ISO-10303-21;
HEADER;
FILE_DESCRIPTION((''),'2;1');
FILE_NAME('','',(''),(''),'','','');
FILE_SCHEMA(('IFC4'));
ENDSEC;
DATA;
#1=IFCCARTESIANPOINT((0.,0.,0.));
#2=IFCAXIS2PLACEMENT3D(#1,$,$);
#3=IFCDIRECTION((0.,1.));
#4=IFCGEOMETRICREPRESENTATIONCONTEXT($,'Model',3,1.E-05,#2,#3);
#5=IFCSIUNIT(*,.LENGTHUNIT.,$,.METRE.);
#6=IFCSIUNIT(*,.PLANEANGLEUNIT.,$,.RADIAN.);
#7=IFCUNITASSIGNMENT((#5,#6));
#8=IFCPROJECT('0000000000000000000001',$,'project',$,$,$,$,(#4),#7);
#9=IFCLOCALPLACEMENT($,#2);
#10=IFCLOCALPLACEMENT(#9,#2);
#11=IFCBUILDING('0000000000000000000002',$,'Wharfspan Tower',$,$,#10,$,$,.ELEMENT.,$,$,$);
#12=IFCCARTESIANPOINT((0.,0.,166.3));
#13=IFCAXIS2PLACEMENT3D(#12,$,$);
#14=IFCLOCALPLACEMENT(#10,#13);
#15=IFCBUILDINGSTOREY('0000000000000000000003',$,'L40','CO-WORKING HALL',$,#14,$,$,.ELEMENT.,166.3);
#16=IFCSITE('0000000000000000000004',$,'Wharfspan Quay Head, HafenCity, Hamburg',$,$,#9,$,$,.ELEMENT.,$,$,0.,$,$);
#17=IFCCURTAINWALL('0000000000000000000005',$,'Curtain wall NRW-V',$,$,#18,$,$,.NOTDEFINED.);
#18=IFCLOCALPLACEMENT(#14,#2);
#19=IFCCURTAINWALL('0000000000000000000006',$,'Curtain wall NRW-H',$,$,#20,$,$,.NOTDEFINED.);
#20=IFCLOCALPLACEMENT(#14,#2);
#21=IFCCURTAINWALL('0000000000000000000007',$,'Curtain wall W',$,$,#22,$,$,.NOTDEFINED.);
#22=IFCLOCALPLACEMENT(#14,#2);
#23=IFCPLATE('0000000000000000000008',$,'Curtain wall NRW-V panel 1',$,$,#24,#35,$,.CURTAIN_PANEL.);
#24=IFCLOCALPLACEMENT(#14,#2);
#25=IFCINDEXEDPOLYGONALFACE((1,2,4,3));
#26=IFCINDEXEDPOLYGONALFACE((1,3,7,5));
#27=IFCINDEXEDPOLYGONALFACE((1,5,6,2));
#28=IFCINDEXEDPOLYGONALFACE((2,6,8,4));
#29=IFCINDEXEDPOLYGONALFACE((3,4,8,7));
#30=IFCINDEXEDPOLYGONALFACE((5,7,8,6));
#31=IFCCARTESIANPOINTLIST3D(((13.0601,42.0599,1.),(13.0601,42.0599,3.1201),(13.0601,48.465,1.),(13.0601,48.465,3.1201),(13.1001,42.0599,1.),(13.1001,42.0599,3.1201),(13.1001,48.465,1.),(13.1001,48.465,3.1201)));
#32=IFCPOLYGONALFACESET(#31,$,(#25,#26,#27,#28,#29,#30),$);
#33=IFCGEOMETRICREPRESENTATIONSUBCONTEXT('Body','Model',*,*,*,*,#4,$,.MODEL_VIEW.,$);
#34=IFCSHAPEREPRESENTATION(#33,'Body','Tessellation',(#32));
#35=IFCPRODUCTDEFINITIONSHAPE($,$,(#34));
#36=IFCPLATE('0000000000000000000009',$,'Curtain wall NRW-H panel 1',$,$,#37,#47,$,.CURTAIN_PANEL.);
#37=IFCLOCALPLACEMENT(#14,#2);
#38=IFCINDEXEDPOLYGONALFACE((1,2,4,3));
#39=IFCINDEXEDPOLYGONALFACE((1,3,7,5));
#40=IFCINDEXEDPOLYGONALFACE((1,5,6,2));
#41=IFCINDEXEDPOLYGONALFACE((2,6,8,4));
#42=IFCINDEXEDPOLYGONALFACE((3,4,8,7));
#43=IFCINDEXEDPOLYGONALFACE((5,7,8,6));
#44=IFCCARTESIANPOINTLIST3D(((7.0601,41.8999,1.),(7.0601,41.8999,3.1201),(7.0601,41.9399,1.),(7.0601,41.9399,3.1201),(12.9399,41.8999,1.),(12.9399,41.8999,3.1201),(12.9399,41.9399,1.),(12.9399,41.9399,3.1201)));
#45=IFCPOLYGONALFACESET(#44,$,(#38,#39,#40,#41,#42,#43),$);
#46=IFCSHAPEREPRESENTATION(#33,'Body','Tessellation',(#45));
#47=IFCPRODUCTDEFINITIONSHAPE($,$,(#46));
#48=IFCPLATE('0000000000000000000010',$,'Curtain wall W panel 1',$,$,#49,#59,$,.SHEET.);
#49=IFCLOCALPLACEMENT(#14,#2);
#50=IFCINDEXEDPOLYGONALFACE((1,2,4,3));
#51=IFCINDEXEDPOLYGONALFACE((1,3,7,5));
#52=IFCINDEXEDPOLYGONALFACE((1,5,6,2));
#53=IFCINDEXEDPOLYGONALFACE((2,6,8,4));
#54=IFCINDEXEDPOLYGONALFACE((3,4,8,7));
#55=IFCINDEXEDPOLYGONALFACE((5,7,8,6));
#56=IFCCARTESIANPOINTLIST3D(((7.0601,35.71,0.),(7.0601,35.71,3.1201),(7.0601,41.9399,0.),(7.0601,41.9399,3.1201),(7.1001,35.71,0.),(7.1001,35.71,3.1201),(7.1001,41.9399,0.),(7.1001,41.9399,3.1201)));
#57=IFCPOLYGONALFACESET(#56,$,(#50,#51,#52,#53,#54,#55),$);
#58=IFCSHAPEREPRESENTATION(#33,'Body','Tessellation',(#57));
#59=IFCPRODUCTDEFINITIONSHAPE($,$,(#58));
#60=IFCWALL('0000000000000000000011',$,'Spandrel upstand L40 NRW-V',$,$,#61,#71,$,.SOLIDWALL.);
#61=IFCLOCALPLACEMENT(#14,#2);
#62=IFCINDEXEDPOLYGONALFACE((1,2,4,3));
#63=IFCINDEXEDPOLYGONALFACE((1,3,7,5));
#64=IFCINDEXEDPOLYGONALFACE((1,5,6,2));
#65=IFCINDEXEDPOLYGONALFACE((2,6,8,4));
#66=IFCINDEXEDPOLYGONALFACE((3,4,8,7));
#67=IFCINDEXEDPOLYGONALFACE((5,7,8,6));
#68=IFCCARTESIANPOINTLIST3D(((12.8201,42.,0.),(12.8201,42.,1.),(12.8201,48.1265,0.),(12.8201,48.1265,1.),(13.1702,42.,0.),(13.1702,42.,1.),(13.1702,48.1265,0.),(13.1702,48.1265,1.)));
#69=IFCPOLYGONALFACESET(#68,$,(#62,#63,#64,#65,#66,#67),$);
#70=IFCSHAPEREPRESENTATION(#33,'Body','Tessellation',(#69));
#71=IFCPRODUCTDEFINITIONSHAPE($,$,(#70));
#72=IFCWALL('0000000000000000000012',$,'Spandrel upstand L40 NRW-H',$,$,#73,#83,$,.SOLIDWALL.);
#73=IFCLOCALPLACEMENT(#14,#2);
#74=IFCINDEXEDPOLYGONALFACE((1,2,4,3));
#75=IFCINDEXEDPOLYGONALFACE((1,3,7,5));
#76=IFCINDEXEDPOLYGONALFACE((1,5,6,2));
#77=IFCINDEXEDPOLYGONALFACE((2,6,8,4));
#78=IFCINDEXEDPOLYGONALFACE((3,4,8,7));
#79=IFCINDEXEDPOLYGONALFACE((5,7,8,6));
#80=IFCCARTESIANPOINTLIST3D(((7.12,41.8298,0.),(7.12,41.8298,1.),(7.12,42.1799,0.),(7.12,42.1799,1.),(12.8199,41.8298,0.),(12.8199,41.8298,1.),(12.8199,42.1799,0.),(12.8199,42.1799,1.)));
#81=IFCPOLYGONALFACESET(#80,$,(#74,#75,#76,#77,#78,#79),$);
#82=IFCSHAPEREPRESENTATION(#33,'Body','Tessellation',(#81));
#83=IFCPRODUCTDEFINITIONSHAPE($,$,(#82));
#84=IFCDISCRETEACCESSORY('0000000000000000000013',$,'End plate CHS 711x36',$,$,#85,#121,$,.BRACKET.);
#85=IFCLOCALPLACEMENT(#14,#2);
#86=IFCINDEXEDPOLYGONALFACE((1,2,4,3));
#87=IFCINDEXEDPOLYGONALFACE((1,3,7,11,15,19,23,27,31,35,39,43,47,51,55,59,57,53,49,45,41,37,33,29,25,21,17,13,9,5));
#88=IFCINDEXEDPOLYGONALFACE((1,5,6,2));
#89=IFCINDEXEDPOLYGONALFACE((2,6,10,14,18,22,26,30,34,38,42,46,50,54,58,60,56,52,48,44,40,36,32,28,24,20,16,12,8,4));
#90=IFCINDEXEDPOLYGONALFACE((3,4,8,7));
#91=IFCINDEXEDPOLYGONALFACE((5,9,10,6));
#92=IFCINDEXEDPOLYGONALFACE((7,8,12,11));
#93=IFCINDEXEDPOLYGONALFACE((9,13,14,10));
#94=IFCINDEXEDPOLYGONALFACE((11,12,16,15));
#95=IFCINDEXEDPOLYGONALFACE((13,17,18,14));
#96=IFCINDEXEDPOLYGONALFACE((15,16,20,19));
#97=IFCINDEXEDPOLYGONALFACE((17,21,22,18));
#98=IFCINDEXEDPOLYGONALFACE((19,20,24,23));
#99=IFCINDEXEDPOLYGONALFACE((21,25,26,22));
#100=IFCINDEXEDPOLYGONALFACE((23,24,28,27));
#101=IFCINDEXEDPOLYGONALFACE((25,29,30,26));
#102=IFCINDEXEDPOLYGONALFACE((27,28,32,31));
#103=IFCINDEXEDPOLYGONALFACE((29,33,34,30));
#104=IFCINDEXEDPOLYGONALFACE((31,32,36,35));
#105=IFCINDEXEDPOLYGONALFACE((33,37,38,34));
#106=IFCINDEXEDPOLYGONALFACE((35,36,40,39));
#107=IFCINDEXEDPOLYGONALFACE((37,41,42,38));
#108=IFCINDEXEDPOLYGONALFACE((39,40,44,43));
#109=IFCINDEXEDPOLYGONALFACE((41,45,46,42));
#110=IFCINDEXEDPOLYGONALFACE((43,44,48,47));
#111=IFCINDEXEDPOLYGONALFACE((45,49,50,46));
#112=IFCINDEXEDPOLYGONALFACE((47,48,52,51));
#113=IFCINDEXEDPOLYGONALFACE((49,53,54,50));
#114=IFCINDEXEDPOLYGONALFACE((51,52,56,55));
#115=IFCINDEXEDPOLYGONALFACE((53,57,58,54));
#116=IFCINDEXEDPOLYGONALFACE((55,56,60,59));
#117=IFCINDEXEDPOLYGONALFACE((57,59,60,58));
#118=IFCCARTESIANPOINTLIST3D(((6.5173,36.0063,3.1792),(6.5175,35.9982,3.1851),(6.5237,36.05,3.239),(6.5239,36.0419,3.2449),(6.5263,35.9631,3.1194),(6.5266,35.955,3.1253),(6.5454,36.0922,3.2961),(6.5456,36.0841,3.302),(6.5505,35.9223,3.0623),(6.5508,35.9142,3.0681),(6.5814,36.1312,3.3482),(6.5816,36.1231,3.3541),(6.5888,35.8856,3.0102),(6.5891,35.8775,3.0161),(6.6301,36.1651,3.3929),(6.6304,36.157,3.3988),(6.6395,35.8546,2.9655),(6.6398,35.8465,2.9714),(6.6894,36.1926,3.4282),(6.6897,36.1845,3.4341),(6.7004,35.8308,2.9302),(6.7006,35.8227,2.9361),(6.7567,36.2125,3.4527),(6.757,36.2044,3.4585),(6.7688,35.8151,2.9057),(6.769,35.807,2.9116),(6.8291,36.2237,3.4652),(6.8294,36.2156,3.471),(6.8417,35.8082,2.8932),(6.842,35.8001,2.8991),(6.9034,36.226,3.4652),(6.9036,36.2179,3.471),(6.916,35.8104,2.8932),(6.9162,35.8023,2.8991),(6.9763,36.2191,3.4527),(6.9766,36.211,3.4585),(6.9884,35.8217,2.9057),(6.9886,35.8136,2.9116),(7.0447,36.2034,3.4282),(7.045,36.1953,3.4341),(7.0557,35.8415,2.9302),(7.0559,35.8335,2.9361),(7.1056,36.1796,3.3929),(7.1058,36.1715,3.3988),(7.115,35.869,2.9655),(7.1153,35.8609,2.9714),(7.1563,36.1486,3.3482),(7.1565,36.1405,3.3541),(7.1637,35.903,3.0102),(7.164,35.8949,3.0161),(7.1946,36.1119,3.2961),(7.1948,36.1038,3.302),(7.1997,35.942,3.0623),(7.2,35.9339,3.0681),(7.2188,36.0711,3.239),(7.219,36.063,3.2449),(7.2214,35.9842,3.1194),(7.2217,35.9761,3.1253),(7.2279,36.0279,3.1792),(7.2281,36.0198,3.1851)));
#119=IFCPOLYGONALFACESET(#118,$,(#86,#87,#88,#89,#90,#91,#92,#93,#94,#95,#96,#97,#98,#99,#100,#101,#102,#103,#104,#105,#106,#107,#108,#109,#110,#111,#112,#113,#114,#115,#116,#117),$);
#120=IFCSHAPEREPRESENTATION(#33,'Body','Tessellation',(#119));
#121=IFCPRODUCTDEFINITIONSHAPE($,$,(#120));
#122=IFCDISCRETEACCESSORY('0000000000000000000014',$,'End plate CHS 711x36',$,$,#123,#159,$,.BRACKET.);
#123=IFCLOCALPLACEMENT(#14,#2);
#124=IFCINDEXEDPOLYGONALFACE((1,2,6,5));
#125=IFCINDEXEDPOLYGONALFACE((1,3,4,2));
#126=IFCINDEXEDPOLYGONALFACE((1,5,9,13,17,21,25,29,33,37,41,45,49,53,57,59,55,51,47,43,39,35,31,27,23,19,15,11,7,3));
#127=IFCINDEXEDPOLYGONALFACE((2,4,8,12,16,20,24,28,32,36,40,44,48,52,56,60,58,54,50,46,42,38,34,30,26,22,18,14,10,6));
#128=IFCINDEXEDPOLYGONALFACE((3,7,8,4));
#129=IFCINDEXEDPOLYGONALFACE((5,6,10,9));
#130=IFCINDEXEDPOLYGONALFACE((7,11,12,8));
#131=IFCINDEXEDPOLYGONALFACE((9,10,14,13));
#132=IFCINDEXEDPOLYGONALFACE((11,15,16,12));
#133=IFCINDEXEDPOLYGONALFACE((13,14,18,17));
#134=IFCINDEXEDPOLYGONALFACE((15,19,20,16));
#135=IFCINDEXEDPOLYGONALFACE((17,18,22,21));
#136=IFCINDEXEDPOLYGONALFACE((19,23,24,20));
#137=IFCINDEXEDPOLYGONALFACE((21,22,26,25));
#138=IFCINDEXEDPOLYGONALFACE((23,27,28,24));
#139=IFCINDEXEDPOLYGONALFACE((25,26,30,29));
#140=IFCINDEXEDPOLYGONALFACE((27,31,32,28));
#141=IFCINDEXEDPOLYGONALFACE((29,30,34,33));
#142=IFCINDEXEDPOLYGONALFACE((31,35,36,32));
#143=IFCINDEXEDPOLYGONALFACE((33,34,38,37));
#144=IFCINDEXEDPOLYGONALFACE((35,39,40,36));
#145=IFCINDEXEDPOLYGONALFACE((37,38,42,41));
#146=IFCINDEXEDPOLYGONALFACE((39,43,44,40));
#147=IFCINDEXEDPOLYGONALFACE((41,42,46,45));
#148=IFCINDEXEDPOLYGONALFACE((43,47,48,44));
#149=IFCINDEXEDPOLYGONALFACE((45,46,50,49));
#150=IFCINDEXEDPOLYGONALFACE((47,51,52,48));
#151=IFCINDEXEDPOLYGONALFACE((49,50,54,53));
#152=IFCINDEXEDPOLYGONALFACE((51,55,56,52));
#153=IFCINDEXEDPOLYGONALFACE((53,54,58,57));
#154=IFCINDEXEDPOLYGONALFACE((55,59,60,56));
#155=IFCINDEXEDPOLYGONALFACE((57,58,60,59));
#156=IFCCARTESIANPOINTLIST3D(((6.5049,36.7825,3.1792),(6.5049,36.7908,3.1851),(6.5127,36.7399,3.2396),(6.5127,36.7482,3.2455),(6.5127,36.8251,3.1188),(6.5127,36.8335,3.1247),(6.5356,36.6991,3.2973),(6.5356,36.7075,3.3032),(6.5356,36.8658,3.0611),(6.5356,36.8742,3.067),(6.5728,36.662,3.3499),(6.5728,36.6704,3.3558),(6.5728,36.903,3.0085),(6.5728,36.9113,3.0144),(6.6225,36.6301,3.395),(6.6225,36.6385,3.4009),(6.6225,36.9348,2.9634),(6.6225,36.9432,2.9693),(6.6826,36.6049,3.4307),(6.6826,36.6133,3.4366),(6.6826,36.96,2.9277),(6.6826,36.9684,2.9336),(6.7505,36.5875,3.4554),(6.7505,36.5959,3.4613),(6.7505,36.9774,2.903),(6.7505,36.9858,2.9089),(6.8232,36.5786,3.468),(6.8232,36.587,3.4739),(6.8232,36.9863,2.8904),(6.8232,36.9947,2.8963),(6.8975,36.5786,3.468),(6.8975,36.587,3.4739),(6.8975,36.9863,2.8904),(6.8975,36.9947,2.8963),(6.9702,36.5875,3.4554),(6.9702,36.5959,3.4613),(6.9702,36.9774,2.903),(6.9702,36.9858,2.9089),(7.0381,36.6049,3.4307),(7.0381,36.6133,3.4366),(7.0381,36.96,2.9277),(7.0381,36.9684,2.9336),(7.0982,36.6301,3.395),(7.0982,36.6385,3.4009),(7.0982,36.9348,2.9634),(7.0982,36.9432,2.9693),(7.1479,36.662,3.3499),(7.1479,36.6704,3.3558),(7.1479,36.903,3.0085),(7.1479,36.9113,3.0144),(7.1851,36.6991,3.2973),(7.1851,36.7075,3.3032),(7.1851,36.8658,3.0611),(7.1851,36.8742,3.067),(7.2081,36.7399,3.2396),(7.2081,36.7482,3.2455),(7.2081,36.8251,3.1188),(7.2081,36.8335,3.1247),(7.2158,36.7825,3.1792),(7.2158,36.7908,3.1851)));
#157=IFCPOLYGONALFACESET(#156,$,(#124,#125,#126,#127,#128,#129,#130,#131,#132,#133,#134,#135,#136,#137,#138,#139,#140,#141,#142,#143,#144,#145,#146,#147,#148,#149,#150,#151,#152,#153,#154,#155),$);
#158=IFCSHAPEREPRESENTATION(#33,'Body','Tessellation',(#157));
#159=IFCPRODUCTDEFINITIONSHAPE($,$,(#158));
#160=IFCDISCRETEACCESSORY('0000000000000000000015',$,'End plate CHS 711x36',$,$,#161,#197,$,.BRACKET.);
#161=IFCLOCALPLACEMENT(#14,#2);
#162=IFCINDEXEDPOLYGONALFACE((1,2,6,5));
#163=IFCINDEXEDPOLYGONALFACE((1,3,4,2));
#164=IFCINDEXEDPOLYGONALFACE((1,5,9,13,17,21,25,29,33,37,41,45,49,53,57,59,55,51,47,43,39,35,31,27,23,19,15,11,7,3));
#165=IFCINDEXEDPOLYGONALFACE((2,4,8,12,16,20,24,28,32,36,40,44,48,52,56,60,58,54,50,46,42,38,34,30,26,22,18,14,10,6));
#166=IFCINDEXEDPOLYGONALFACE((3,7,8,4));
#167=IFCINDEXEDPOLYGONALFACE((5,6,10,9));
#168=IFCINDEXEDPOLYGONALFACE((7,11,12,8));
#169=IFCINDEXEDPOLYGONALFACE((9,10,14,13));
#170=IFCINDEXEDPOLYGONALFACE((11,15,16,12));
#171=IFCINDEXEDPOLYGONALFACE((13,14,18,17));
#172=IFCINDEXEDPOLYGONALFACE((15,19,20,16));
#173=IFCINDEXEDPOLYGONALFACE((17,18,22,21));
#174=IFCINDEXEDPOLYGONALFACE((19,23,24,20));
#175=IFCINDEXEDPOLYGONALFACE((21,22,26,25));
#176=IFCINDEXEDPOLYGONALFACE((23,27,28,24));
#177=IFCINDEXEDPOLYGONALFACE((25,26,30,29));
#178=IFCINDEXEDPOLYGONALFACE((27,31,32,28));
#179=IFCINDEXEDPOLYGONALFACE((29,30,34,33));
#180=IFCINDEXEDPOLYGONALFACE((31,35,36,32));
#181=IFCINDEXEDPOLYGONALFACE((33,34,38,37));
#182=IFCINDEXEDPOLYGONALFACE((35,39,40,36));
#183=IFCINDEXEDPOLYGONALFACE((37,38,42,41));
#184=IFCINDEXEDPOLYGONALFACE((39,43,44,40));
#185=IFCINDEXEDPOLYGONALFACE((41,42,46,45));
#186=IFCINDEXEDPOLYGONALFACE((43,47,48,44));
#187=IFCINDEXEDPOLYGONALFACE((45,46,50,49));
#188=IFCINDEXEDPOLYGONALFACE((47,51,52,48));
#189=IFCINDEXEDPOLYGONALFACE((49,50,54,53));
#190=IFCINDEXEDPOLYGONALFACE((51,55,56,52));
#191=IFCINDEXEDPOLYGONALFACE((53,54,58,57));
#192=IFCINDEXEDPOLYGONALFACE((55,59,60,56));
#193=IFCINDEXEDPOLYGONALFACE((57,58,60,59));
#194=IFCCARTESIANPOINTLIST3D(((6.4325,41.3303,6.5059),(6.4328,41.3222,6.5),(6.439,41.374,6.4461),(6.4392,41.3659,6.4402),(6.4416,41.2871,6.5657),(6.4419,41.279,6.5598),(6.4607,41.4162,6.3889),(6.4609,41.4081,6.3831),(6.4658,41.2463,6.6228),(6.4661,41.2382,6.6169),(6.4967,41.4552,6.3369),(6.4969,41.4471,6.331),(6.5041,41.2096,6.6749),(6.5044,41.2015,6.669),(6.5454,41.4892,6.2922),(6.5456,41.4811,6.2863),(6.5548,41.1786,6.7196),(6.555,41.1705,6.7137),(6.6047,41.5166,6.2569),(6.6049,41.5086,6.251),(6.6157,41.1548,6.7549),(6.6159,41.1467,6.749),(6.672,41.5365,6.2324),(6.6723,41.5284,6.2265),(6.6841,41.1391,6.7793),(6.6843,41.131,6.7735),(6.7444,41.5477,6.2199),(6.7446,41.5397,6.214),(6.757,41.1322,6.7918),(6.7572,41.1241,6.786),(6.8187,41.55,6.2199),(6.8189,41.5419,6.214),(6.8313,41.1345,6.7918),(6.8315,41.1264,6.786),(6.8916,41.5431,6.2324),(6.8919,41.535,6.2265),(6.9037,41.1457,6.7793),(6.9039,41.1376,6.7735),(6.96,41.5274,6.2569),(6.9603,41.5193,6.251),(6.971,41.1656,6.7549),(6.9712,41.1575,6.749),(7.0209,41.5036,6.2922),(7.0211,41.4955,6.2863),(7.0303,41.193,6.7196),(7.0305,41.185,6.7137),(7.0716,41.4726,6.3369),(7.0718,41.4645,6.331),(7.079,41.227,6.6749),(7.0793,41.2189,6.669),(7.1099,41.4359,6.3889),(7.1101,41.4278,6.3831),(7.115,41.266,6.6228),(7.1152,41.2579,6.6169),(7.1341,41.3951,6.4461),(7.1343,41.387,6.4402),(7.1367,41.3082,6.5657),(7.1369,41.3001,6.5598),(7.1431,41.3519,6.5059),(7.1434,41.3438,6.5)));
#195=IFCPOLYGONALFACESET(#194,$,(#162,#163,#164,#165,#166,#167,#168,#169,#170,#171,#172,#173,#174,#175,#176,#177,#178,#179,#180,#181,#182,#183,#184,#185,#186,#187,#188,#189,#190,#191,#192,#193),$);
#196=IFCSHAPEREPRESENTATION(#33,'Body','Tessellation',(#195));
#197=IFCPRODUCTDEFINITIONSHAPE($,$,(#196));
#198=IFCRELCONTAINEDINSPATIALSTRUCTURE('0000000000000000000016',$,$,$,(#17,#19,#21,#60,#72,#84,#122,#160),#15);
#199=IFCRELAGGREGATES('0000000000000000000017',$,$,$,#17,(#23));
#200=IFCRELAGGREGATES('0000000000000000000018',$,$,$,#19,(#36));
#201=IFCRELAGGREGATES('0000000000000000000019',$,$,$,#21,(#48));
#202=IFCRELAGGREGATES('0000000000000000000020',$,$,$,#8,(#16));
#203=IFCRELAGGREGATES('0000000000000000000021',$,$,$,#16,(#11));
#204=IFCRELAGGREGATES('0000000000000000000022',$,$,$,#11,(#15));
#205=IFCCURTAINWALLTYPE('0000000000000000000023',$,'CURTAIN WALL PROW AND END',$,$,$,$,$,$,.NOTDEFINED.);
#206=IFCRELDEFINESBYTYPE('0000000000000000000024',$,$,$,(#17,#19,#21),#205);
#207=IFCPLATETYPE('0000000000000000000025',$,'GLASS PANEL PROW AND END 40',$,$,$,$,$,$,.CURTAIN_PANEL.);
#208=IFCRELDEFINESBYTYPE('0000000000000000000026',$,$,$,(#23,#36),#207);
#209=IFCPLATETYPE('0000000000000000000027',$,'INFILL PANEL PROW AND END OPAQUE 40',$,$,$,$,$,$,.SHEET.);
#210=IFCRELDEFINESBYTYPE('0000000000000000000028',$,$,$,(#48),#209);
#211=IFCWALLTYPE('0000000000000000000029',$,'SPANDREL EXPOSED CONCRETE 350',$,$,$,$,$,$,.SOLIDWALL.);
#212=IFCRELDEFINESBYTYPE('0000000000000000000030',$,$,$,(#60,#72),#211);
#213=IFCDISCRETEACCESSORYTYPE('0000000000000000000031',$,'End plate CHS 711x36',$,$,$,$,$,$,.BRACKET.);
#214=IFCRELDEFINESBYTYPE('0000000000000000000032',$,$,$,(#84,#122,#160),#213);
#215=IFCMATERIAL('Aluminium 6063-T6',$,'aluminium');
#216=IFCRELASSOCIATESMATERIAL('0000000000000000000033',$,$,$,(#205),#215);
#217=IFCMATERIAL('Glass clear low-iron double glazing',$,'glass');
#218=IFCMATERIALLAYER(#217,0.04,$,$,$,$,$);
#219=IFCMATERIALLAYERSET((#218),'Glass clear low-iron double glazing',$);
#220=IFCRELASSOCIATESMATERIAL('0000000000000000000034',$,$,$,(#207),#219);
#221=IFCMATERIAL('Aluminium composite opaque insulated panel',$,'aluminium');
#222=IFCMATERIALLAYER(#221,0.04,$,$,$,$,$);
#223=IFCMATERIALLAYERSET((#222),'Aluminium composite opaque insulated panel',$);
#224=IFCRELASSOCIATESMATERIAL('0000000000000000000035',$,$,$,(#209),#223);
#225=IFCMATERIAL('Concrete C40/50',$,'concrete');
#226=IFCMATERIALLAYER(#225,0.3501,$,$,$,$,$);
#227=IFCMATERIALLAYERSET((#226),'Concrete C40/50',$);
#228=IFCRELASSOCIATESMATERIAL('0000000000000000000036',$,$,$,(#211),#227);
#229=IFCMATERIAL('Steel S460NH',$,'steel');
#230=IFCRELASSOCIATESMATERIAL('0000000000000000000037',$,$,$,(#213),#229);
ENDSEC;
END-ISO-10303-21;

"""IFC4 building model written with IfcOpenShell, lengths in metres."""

from ifc_helpers import new_model, si_unit, direction, frame, frame_2d, origin, origin_2d, place, context, subcontext, project, spatial, rectangle, circle, extrude, material, layer, layer_set, material_profile, profile_set, type_object, element, aggregate, save


model = new_model("IFC4")

# Units and contexts
model_context = context("Model", 3, precision=1e-05, world=origin(), true_north=direction((0.0, 1.0)))
body_context = subcontext(model_context, "Body", "Model", "MODEL_VIEW")
ifc_project = project(units=[si_unit("LENGTHUNIT", "METRE"), si_unit("PLANEANGLEUNIT", "RADIAN")], contexts=[model_context])

# Site, building, storey
site_placement = place(None, origin())
site = spatial("IfcSite", under=ifc_project, at=site_placement, Name="Wharfspan Quay Head, HafenCity, Hamburg", CompositionType="ELEMENT", RefElevation=0.0)
building_placement = place(site_placement, origin())
building = spatial("IfcBuilding", under=site, at=building_placement, Name="Wharfspan Tower", CompositionType="ELEMENT")
storey_placement = place(building_placement, frame((0.0, 0.0, 166.3)))
storey = spatial("IfcBuildingStorey", under=building, at=storey_placement, Name="L40", Description="CO-WORKING HALL", CompositionType="ELEMENT", Elevation=166.3)

# Curtain walls
ifc_material_1 = material(Name="Aluminium 6063-T6", Category="aluminium")
curtain_wall_type = type_object("IfcCurtainWallType", Name="CURTAIN WALL PROW AND END", PredefinedType="NOTDEFINED", material=ifc_material_1)
curtain_wall_1_placement = place(storey_placement, origin())
curtain_wall_1 = element("IfcCurtainWall", 1, at=curtain_wall_1_placement, inside=storey, type_object=curtain_wall_type, Name="Curtain wall NRW-V", PredefinedType="NOTDEFINED")
curtain_wall_2_placement = place(storey_placement, origin())
curtain_wall_2 = element("IfcCurtainWall", 2, at=curtain_wall_2_placement, inside=storey, type_object=curtain_wall_type, Name="Curtain wall NRW-H", PredefinedType="NOTDEFINED")
curtain_wall_3_placement = place(storey_placement, origin())
curtain_wall_3 = element("IfcCurtainWall", 3, at=curtain_wall_3_placement, inside=storey, type_object=curtain_wall_type, Name="Curtain wall W", PredefinedType="NOTDEFINED")

# Shared definitions
ifc_material_2 = material(Name="Steel S460NH", Category="steel")

# Plates
ifc_material_3 = material(Name="Glass clear low-iron double glazing", Category="glass")
ifc_layer_1 = layer(ifc_material_3, 0.04)
ifc_layer_set_1 = layer_set([ifc_layer_1], Name="Glass clear low-iron double glazing")
plate_type_1 = type_object("IfcPlateType", Name="GLASS PANEL PROW AND END 40", PredefinedType="CURTAIN_PANEL", material=ifc_layer_set_1)
plate_1_placement = place(storey_placement, frame((13.0801, 45.2625, 1.0), z_axis=(0.0, 0.0, 1.0), x_axis=(0.0, -1.0, 0.0)))
plate_1 = element("IfcPlate", 4, at=plate_1_placement, type_object=plate_type_1, Name="Curtain wall NRW-V panel 1", PredefinedType="CURTAIN_PANEL", context=body_context, shape_type="SweptSolid", body=[
    extrude(rectangle(XDim=6.405, YDim=0.04, at=origin_2d()), origin(), (0.0, 0.0, 1.0), 2.1201),
])
aggregate(curtain_wall_1, [plate_1])
plate_2_placement = place(storey_placement, frame((10.0, 41.9199, 1.0), z_axis=(0.0, 0.0, 1.0), x_axis=(-1.0, 0.0, 0.0)))
plate_2 = element("IfcPlate", 5, at=plate_2_placement, type_object=plate_type_1, Name="Curtain wall NRW-H panel 1", PredefinedType="CURTAIN_PANEL", context=body_context, shape_type="SweptSolid", body=[
    extrude(rectangle(XDim=5.8799, YDim=0.04, at=origin_2d()), origin(), (0.0, 0.0, 1.0), 2.1201),
])
aggregate(curtain_wall_2, [plate_2])
ifc_material_4 = material(Name="Aluminium composite opaque insulated panel", Category="aluminium")
ifc_layer_2 = layer(ifc_material_4, 0.04)
ifc_layer_set_2 = layer_set([ifc_layer_2], Name="Aluminium composite opaque insulated panel")
plate_type_2 = type_object("IfcPlateType", Name="INFILL PANEL PROW AND END OPAQUE 40", PredefinedType="SHEET", material=ifc_layer_set_2)
plate_3_placement = place(storey_placement, frame((7.0801, 38.825, 0.0), z_axis=(0.0, 0.0, 1.0), x_axis=(0.0, -1.0, 0.0)))
plate_3 = element("IfcPlate", 6, at=plate_3_placement, type_object=plate_type_2, Name="Curtain wall W panel 1", PredefinedType="SHEET", context=body_context, shape_type="SweptSolid", body=[
    extrude(rectangle(XDim=6.23, YDim=0.04, at=origin_2d()), origin(), (0.0, 0.0, 1.0), 3.1201),
])
aggregate(curtain_wall_3, [plate_3])

# Walls
ifc_material_5 = material(Name="Concrete C40/50", Category="concrete")
ifc_layer_3 = layer(ifc_material_5, 0.3501)
ifc_layer_set_3 = layer_set([ifc_layer_3], Name="Concrete C40/50")
wall_type = type_object("IfcWallType", Name="SPANDREL EXPOSED CONCRETE 350", PredefinedType="SOLIDWALL", material=ifc_layer_set_3)
wall_1_placement = place(storey_placement, frame((12.9951, 48.1265, 0.0), z_axis=(0.0, 0.0, 1.0), x_axis=(0.0, -1.0, 0.0)))
element("IfcWall", 7, at=wall_1_placement, inside=storey, type_object=wall_type, Name="Spandrel upstand L40 NRW-V", PredefinedType="SOLIDWALL", context=body_context, shape_type="SweptSolid", body=[
    extrude(rectangle(XDim=6.1265, YDim=0.3501, at=frame_2d((3.0632, 0.0))), origin(), (0.0, 0.0, 1.0), 1.0),
])
wall_2_placement = place(storey_placement, frame((12.8201, 42.0049, 0.0), z_axis=(0.0, 0.0, 1.0), x_axis=(-1.0, 0.0, 0.0)))
element("IfcWall", 8, at=wall_2_placement, inside=storey, type_object=wall_type, Name="Spandrel upstand L40 NRW-H", PredefinedType="SOLIDWALL", context=body_context, shape_type="SweptSolid", body=[
    extrude(rectangle(XDim=5.7, YDim=0.3501, at=frame_2d((2.8501, 0.0))), origin(), (0.0, 0.0, 1.0), 1.0),
])

# Discrete accessories
ifc_material_profile_1 = material_profile(ifc_material_2, circle(Radius=0.3555, at=origin_2d()))
ifc_profile_set_1 = profile_set([ifc_material_profile_1], Name="Steel S460NH")
discrete_accessory_type = type_object("IfcDiscreteAccessoryType", Name="End plate CHS 711x36", PredefinedType="BRACKET", material=ifc_profile_set_1)
discrete_accessory_1_placement = place(storey_placement, frame((6.8726, 36.0171, 3.1792), z_axis=(0.0245, -0.808493, 0.587995), x_axis=(0.999537, 0.03029, 0.000001)))
element("IfcDiscreteAccessory", 9, at=discrete_accessory_1_placement, inside=storey, type_object=discrete_accessory_type, Name="End plate CHS 711x36", PredefinedType="BRACKET", context=body_context, shape_type="SweptSolid", body=[
    extrude(circle(Radius=0.3555, at=origin_2d()), origin(), (0.0, 0.0, 1.0), 0.01),
])
discrete_accessory_2_placement = place(storey_placement, frame((6.8604, 36.7825, 3.1792), z_axis=(0.0, 0.816968, 0.576683), x_axis=(-1.0, 0.0, 0.0)))
element("IfcDiscreteAccessory", 10, at=discrete_accessory_2_placement, inside=storey, type_object=discrete_accessory_type, Name="End plate CHS 711x36", PredefinedType="BRACKET", context=body_context, shape_type="SweptSolid", body=[
    extrude(circle(Radius=0.3555, at=origin_2d()), origin(), (0.0, 0.0, 1.0), 0.0103),
])
discrete_accessory_3_placement = place(storey_placement, frame((6.7881, 41.333, 6.5), z_axis=(-0.0245, 0.808493, 0.587995), x_axis=(-0.999537, -0.03029, 0.000001)))
element("IfcDiscreteAccessory", 11, at=discrete_accessory_3_placement, inside=storey, type_object=discrete_accessory_type, Name="End plate CHS 711x36", PredefinedType="BRACKET", context=body_context, shape_type="SweptSolid", body=[
    extrude(circle(Radius=0.3555, at=origin_2d()), origin(), (0.0, 0.0, 1.0), 0.01),
])

save(model, "model.ifc")
